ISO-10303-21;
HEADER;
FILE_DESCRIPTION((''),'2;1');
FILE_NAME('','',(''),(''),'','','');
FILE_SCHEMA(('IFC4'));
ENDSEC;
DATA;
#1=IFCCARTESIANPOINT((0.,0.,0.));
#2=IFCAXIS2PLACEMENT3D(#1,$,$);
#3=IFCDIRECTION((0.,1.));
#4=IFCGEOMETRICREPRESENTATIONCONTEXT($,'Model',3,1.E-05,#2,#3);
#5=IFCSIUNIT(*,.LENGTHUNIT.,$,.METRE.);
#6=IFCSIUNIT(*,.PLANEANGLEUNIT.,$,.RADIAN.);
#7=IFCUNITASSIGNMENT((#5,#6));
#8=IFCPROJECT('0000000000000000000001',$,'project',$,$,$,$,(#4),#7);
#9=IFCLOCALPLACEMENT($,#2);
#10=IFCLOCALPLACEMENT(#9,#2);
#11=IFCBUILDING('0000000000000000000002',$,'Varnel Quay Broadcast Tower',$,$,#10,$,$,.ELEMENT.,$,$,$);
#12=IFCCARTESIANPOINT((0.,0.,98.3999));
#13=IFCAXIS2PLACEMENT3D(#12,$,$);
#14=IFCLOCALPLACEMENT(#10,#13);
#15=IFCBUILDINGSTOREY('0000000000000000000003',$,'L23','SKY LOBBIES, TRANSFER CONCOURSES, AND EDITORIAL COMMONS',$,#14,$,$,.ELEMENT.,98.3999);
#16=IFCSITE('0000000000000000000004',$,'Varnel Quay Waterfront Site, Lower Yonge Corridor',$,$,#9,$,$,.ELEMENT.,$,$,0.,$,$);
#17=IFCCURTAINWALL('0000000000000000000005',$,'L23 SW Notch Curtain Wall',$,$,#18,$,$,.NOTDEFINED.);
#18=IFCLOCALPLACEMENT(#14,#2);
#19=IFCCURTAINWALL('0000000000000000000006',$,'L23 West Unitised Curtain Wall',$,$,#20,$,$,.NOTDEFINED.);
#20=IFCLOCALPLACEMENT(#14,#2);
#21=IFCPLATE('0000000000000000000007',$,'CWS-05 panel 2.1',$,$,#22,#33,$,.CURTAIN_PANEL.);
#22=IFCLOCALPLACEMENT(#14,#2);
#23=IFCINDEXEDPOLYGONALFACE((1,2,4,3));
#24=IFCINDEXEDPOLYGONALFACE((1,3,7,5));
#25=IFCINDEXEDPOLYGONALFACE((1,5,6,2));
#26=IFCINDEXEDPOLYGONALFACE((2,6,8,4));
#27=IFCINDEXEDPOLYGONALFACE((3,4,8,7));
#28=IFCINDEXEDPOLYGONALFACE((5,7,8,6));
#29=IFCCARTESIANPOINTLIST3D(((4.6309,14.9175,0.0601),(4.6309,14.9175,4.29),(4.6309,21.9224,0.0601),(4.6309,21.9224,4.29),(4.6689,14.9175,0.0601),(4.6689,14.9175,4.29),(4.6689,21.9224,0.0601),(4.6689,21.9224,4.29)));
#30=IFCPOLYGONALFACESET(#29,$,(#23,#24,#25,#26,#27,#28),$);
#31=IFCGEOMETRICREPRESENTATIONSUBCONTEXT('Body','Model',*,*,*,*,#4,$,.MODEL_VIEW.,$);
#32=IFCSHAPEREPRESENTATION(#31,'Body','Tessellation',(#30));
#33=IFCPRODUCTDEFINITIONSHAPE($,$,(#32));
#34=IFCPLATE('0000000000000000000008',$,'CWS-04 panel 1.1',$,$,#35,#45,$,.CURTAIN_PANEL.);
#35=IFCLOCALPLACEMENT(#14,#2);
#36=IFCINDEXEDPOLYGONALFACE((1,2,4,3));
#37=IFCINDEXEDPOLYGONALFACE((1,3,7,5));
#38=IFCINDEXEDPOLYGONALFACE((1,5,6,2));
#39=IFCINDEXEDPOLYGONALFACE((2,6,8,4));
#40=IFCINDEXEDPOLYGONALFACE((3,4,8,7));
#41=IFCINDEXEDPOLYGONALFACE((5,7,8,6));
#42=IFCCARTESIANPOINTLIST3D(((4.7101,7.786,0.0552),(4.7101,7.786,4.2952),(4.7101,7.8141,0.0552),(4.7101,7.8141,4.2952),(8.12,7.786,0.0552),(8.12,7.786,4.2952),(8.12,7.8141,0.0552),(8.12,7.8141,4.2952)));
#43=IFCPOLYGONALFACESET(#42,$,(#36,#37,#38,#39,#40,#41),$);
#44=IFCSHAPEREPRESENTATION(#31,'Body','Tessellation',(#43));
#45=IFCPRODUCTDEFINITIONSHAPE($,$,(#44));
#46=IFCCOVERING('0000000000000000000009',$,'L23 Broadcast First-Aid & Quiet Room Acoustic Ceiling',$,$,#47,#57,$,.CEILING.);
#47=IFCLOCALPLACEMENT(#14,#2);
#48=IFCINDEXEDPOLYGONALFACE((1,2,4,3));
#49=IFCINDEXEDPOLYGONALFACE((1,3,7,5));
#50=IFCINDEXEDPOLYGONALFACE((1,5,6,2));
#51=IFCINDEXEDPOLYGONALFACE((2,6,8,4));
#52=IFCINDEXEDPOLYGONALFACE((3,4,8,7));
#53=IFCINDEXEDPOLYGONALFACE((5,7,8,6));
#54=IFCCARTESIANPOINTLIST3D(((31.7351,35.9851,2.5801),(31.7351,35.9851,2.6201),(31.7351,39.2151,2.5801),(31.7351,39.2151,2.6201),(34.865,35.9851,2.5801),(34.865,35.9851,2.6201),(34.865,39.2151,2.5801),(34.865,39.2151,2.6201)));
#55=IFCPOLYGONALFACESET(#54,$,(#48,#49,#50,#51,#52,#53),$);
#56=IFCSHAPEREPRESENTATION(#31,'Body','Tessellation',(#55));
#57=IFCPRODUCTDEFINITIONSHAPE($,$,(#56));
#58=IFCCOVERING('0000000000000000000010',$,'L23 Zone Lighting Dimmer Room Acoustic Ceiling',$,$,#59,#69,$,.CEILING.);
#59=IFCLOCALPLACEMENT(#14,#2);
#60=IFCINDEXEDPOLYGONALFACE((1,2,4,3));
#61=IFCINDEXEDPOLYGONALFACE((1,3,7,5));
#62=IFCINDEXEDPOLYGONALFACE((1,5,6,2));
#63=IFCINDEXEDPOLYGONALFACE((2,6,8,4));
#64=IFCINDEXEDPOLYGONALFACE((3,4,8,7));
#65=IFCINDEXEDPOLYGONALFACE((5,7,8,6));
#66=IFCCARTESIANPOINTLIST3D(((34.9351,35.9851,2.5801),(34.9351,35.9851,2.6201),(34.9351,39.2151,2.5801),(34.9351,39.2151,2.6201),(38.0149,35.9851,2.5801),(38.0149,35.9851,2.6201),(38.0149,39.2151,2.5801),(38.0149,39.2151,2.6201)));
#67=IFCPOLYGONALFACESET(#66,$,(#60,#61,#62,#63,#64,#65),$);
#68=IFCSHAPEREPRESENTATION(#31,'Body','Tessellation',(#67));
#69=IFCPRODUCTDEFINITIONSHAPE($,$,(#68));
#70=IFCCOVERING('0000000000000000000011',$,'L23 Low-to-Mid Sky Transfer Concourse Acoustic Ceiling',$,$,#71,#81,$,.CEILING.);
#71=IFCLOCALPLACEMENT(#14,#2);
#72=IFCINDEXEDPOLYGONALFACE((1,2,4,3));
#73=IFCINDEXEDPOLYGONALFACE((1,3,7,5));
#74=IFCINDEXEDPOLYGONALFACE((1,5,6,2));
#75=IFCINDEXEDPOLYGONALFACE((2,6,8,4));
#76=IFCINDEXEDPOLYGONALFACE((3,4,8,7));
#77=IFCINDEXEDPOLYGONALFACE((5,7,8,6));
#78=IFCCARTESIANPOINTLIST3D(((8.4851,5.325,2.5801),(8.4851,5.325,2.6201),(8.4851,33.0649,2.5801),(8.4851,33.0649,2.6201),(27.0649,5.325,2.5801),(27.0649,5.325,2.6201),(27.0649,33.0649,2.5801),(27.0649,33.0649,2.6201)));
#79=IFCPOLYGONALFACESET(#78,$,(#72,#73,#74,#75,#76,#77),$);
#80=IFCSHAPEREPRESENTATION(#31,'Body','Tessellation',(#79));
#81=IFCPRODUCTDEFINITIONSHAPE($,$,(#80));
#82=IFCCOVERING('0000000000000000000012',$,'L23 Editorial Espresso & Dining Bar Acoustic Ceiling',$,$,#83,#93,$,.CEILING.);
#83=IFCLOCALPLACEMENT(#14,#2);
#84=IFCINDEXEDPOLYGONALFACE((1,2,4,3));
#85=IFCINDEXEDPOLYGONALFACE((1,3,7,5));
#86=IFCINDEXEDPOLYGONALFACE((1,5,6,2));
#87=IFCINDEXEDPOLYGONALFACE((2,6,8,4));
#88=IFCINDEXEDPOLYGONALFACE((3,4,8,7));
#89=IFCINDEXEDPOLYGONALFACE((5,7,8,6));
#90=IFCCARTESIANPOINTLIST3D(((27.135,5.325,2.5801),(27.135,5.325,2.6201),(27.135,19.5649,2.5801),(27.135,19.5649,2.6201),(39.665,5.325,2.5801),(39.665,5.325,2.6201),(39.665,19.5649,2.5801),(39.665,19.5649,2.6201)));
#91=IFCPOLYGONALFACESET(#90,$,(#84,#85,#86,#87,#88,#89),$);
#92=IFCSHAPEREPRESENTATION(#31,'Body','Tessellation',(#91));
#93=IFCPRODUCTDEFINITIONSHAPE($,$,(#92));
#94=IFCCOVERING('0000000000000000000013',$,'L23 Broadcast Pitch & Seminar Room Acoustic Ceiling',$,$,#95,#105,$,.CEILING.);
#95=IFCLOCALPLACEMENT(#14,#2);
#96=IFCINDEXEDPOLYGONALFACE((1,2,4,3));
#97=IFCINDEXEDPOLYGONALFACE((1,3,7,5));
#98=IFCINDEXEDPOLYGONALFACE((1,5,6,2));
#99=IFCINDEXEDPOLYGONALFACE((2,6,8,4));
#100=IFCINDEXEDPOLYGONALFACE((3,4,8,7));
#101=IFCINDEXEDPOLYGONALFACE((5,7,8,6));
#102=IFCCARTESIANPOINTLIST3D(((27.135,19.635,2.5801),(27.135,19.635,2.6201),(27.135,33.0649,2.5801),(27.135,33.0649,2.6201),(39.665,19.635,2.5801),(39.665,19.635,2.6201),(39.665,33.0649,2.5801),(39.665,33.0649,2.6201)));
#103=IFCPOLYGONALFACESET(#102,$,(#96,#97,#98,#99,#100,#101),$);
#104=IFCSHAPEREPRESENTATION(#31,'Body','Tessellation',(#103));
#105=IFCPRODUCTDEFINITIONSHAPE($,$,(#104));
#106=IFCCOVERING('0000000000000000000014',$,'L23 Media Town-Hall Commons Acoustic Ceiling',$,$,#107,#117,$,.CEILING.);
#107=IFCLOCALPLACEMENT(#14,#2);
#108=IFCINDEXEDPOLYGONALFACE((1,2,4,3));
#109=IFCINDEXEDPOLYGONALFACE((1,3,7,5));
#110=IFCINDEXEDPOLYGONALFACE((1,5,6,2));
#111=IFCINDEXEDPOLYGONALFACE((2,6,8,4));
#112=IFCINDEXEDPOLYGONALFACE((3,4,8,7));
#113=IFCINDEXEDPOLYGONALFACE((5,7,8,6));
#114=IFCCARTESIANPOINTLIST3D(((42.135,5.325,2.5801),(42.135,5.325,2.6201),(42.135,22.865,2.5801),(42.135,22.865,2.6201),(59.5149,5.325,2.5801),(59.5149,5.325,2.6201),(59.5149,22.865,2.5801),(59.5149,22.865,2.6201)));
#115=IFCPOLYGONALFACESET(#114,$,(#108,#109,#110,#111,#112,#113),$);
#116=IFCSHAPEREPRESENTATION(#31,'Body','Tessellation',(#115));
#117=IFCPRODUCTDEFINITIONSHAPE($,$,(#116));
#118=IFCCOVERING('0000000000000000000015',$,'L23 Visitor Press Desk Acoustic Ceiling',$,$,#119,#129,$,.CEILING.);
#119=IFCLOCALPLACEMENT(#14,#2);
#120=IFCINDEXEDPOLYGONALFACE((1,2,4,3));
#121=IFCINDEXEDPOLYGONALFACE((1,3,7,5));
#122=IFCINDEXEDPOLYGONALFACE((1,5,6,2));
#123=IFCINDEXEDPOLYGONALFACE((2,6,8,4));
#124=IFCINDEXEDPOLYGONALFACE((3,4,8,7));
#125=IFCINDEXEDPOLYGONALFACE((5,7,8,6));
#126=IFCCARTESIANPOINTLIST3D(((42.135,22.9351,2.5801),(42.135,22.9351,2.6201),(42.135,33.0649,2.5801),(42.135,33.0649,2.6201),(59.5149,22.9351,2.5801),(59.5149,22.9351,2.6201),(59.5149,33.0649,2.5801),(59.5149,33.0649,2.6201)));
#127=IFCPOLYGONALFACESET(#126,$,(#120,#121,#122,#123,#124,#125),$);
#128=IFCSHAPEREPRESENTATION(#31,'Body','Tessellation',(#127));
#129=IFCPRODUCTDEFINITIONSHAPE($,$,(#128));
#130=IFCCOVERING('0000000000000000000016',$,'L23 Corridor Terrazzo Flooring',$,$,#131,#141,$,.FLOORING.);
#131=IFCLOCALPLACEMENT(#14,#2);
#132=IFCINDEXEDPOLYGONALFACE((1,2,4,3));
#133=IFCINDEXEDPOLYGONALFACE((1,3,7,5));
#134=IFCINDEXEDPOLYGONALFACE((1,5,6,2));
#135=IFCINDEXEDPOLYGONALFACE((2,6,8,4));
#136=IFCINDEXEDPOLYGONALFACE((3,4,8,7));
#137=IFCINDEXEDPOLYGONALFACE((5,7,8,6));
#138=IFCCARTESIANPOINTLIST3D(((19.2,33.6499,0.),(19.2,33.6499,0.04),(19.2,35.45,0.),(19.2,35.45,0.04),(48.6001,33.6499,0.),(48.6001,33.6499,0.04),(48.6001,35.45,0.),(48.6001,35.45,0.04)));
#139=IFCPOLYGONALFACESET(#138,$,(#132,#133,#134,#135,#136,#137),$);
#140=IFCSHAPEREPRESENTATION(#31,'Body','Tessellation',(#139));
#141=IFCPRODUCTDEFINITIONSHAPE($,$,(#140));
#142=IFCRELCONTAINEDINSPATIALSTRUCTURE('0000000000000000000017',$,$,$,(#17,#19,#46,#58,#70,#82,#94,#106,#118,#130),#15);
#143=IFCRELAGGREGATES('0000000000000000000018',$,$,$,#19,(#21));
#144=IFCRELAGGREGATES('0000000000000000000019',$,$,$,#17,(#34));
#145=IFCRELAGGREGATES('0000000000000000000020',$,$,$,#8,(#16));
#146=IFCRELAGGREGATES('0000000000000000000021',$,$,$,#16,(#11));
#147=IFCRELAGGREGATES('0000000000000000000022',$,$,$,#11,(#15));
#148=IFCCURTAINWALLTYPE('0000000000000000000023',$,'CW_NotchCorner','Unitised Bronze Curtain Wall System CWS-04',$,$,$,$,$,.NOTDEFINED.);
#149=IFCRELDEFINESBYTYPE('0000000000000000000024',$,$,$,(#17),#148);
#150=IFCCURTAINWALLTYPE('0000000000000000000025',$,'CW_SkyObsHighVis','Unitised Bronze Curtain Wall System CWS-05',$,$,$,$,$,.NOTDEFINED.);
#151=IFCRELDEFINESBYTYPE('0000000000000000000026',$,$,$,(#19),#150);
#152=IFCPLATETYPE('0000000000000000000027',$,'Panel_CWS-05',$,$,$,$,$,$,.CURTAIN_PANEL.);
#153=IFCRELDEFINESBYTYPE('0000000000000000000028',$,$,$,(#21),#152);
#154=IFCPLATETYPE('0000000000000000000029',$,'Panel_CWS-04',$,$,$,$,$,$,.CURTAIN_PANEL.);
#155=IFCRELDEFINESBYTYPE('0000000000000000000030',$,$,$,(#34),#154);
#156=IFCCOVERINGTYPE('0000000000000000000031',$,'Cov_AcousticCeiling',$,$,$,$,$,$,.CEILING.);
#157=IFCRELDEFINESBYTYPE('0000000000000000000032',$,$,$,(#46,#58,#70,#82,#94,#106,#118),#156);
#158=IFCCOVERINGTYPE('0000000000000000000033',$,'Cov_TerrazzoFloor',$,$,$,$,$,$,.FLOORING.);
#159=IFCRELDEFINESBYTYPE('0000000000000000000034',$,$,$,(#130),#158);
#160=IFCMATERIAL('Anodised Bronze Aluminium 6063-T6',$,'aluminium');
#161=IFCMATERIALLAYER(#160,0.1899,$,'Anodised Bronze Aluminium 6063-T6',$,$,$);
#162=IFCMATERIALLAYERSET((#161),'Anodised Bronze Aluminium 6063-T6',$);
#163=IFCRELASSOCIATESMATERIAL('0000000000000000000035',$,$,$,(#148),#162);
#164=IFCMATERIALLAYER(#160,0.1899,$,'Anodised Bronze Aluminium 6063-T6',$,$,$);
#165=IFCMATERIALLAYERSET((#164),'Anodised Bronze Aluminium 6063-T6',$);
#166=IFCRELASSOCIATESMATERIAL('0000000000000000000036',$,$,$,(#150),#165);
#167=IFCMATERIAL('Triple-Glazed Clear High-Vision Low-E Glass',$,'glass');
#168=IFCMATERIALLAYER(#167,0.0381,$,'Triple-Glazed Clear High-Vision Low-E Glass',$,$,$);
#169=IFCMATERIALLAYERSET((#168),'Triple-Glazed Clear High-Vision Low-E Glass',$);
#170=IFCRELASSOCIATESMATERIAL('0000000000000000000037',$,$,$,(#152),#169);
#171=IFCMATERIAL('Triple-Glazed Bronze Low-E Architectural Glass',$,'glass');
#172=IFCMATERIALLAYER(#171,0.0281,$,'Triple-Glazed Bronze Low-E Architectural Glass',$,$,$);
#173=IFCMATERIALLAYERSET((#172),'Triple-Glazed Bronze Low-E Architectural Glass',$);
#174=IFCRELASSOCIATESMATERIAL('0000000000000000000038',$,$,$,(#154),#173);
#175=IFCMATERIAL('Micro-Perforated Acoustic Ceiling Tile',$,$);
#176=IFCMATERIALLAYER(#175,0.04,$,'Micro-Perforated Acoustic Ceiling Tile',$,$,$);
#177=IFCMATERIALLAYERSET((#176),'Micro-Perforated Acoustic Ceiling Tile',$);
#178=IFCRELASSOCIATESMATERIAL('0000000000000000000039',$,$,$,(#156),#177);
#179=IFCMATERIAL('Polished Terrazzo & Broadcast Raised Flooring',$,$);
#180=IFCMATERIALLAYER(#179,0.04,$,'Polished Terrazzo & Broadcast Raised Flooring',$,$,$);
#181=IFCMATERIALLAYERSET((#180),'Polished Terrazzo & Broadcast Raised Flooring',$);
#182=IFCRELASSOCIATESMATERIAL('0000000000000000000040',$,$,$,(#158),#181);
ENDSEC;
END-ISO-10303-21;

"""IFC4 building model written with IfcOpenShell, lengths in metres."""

from ifc_helpers import new_model, si_unit, direction, frame, origin, origin_2d, place, context, subcontext, project, spatial, polyline, rectangle, outline, extrude, source, transform, mapped, material, layer, layer_set, type_object, type_shapes, element, aggregate, save


model = new_model("IFC4")

# Units and contexts
model_context = context("Model", 3, precision=1e-05, world=origin(), true_north=direction((0.0, 1.0)))
body_context = subcontext(model_context, "Body", "Model", "MODEL_VIEW")
ifc_project = project(units=[si_unit("LENGTHUNIT", "METRE"), si_unit("PLANEANGLEUNIT", "RADIAN")], contexts=[model_context])

# Site, building, storey
site_placement = place(None, origin())
site = spatial("IfcSite", under=ifc_project, at=site_placement, Name="Varnel Quay Waterfront Site, Lower Yonge Corridor", CompositionType="ELEMENT", RefElevation=0.0)
building_placement = place(site_placement, origin())
building = spatial("IfcBuilding", under=site, at=building_placement, Name="Varnel Quay Broadcast Tower", CompositionType="ELEMENT")
storey_placement = place(building_placement, frame((0.0, 0.0, 98.3999)))
storey = spatial("IfcBuildingStorey", under=building, at=storey_placement, Name="L23", Description="SKY LOBBIES, TRANSFER CONCOURSES, AND EDITORIAL COMMONS", CompositionType="ELEMENT", Elevation=98.3999)

# Curtain walls
ifc_material_1 = material(Name="Anodised Bronze Aluminium 6063-T6", Category="aluminium")
ifc_layer_1 = layer(ifc_material_1, 0.1899, Name="Anodised Bronze Aluminium 6063-T6")
ifc_layer_set_1 = layer_set([ifc_layer_1], Name="Anodised Bronze Aluminium 6063-T6")
curtain_wall_type_1 = type_object("IfcCurtainWallType", Name="CW_NotchCorner", Description="Unitised Bronze Curtain Wall System CWS-04", PredefinedType="NOTDEFINED", material=ifc_layer_set_1)
curtain_wall_1_placement = place(storey_placement, origin())
curtain_wall_1 = element("IfcCurtainWall", 1, at=curtain_wall_1_placement, inside=storey, type_object=curtain_wall_type_1, Name="L23 SW Notch Curtain Wall", PredefinedType="NOTDEFINED")
ifc_layer_2 = layer(ifc_material_1, 0.1899, Name="Anodised Bronze Aluminium 6063-T6")
ifc_layer_set_2 = layer_set([ifc_layer_2], Name="Anodised Bronze Aluminium 6063-T6")
curtain_wall_type_2 = type_object("IfcCurtainWallType", Name="CW_SkyObsHighVis", Description="Unitised Bronze Curtain Wall System CWS-05", PredefinedType="NOTDEFINED", material=ifc_layer_set_2)
curtain_wall_2_placement = place(storey_placement, origin())
curtain_wall_2 = element("IfcCurtainWall", 2, at=curtain_wall_2_placement, inside=storey, type_object=curtain_wall_type_2, Name="L23 West Unitised Curtain Wall", PredefinedType="NOTDEFINED")

# Plates
ifc_material_2 = material(Name="Triple-Glazed Clear High-Vision Low-E Glass", Category="glass")
ifc_layer_3 = layer(ifc_material_2, 0.0381, Name="Triple-Glazed Clear High-Vision Low-E Glass")
ifc_layer_set_3 = layer_set([ifc_layer_3], Name="Triple-Glazed Clear High-Vision Low-E Glass")
plate_type_1 = type_object("IfcPlateType", Name="Panel_CWS-05", PredefinedType="CURTAIN_PANEL", material=ifc_layer_set_3)
shared_shape_1 = source(origin(), body_context, "Body", "SweptSolid", [
    extrude(rectangle(XDim=7.0049, YDim=0.0381, at=origin_2d()), origin(), (0.0, 0.0, 1.0), 4.23),
])
plate_1_placement = place(storey_placement, frame((4.6499, 18.4199, 0.0601), z_axis=(0.0, 0.0, 1.0), x_axis=(0.0, 1.0, 0.0)))
plate_1 = element("IfcPlate", 3, at=plate_1_placement, type_object=plate_type_1, Name="CWS-05 panel 2.1", PredefinedType="CURTAIN_PANEL", context=body_context, shape_type="MappedRepresentation", body=[
    mapped(shared_shape_1, transform((0.0, 0.0, 0.0), x_axis=(1.0, 0.0, 0.0), y_axis=(0.0, 1.0, 0.0), z_axis=(0.0, 0.0, 1.0), scale=1.0)),
])
aggregate(curtain_wall_2, [plate_1])
ifc_material_3 = material(Name="Triple-Glazed Bronze Low-E Architectural Glass", Category="glass")
ifc_layer_4 = layer(ifc_material_3, 0.0281, Name="Triple-Glazed Bronze Low-E Architectural Glass")
ifc_layer_set_4 = layer_set([ifc_layer_4], Name="Triple-Glazed Bronze Low-E Architectural Glass")
plate_type_2 = type_object("IfcPlateType", Name="Panel_CWS-04", PredefinedType="CURTAIN_PANEL", material=ifc_layer_set_4)
shared_shape_2 = source(origin(), body_context, "Body", "SweptSolid", [
    extrude(rectangle(XDim=3.4099, YDim=0.0281, at=origin_2d()), origin(), (0.0, 0.0, 1.0), 4.24),
])
type_shapes(plate_type_2, [shared_shape_2])
plate_2_placement = place(storey_placement, frame((6.415, 7.8, 0.0552), z_axis=(0.0, 0.0, 1.0), x_axis=(1.0, 0.0, 0.0)))
plate_2 = element("IfcPlate", 4, at=plate_2_placement, type_object=plate_type_2, Name="CWS-04 panel 1.1", PredefinedType="CURTAIN_PANEL", context=body_context, shape_type="MappedRepresentation", body=[
    mapped(shared_shape_2, transform((0.0, 0.0, 0.0), x_axis=(1.0, 0.0, 0.0), y_axis=(0.0, 1.0, 0.0), z_axis=(0.0, 0.0, 1.0), scale=1.0)),
])
aggregate(curtain_wall_1, [plate_2])

# Coverings
ifc_material_4 = material(Name="Micro-Perforated Acoustic Ceiling Tile")
ifc_layer_5 = layer(ifc_material_4, 0.04, Name="Micro-Perforated Acoustic Ceiling Tile")
ifc_layer_set_5 = layer_set([ifc_layer_5], Name="Micro-Perforated Acoustic Ceiling Tile")
covering_type_1 = type_object("IfcCoveringType", Name="Cov_AcousticCeiling", PredefinedType="CEILING", material=ifc_layer_set_5)
covering_1_placement = place(storey_placement, frame((0.0, 0.0, 2.5801)))
element("IfcCovering", 5, at=covering_1_placement, inside=storey, type_object=covering_type_1, Name="L23 Broadcast First-Aid & Quiet Room Acoustic Ceiling", PredefinedType="CEILING", context=body_context, shape_type="SweptSolid", body=[
    extrude(outline(polyline([(31.7351, 35.9851), (34.865, 35.9851), (34.865, 39.2151), (31.7351, 39.2151), (31.7351, 35.9851)])), origin(), (0.0, 0.0, 1.0), 0.04),
])
covering_2_placement = place(storey_placement, frame((0.0, 0.0, 2.5801)))
element("IfcCovering", 6, at=covering_2_placement, inside=storey, type_object=covering_type_1, Name="L23 Zone Lighting Dimmer Room Acoustic Ceiling", PredefinedType="CEILING", context=body_context, shape_type="SweptSolid", body=[
    extrude(outline(polyline([(34.9351, 35.9851), (38.0149, 35.9851), (38.0149, 39.2151), (34.9351, 39.2151), (34.9351, 35.9851)])), origin(), (0.0, 0.0, 1.0), 0.04),
])
covering_3_placement = place(storey_placement, frame((0.0, 0.0, 2.5801)))
element("IfcCovering", 7, at=covering_3_placement, inside=storey, type_object=covering_type_1, Name="L23 Low-to-Mid Sky Transfer Concourse Acoustic Ceiling", PredefinedType="CEILING", context=body_context, shape_type="SweptSolid", body=[
    extrude(outline(polyline([(8.4851, 5.325), (27.0649, 5.325), (27.0649, 33.0649), (8.4851, 33.0649), (8.4851, 5.325)])), origin(), (0.0, 0.0, 1.0), 0.04),
])
covering_4_placement = place(storey_placement, frame((0.0, 0.0, 2.5801)))
element("IfcCovering", 8, at=covering_4_placement, inside=storey, type_object=covering_type_1, Name="L23 Editorial Espresso & Dining Bar Acoustic Ceiling", PredefinedType="CEILING", context=body_context, shape_type="SweptSolid", body=[
    extrude(outline(polyline([(27.135, 5.325), (39.665, 5.325), (39.665, 19.5649), (27.135, 19.5649), (27.135, 5.325)])), origin(), (0.0, 0.0, 1.0), 0.04),
])
covering_5_placement = place(storey_placement, frame((0.0, 0.0, 2.5801)))
element("IfcCovering", 9, at=covering_5_placement, inside=storey, type_object=covering_type_1, Name="L23 Broadcast Pitch & Seminar Room Acoustic Ceiling", PredefinedType="CEILING", context=body_context, shape_type="SweptSolid", body=[
    extrude(outline(polyline([(27.135, 19.635), (39.665, 19.635), (39.665, 33.0649), (27.135, 33.0649), (27.135, 19.635)])), origin(), (0.0, 0.0, 1.0), 0.04),
])
covering_6_placement = place(storey_placement, frame((0.0, 0.0, 2.5801)))
element("IfcCovering", 10, at=covering_6_placement, inside=storey, type_object=covering_type_1, Name="L23 Media Town-Hall Commons Acoustic Ceiling", PredefinedType="CEILING", context=body_context, shape_type="SweptSolid", body=[
    extrude(outline(polyline([(42.135, 5.325), (59.5149, 5.325), (59.5149, 22.865), (42.135, 22.865), (42.135, 5.325)])), origin(), (0.0, 0.0, 1.0), 0.04),
])
covering_7_placement = place(storey_placement, frame((0.0, 0.0, 2.5801)))
element("IfcCovering", 11, at=covering_7_placement, inside=storey, type_object=covering_type_1, Name="L23 Visitor Press Desk Acoustic Ceiling", PredefinedType="CEILING", context=body_context, shape_type="SweptSolid", body=[
    extrude(outline(polyline([(42.135, 22.9351), (59.5149, 22.9351), (59.5149, 33.0649), (42.135, 33.0649), (42.135, 22.9351)])), origin(), (0.0, 0.0, 1.0), 0.04),
])
ifc_material_5 = material(Name="Polished Terrazzo & Broadcast Raised Flooring")
ifc_layer_6 = layer(ifc_material_5, 0.04, Name="Polished Terrazzo & Broadcast Raised Flooring")
ifc_layer_set_6 = layer_set([ifc_layer_6], Name="Polished Terrazzo & Broadcast Raised Flooring")
covering_type_2 = type_object("IfcCoveringType", Name="Cov_TerrazzoFloor", PredefinedType="FLOORING", material=ifc_layer_set_6)
covering_8_placement = place(storey_placement, origin())
element("IfcCovering", 12, at=covering_8_placement, inside=storey, type_object=covering_type_2, Name="L23 Corridor Terrazzo Flooring", PredefinedType="FLOORING", context=body_context, shape_type="SweptSolid", body=[
    extrude(outline(polyline([(19.2, 33.6499), (48.6001, 33.6499), (48.6001, 35.45), (19.2, 35.45), (19.2, 33.6499)])), origin(), (0.0, 0.0, 1.0), 0.04),
])

save(model, "model.ifc")
